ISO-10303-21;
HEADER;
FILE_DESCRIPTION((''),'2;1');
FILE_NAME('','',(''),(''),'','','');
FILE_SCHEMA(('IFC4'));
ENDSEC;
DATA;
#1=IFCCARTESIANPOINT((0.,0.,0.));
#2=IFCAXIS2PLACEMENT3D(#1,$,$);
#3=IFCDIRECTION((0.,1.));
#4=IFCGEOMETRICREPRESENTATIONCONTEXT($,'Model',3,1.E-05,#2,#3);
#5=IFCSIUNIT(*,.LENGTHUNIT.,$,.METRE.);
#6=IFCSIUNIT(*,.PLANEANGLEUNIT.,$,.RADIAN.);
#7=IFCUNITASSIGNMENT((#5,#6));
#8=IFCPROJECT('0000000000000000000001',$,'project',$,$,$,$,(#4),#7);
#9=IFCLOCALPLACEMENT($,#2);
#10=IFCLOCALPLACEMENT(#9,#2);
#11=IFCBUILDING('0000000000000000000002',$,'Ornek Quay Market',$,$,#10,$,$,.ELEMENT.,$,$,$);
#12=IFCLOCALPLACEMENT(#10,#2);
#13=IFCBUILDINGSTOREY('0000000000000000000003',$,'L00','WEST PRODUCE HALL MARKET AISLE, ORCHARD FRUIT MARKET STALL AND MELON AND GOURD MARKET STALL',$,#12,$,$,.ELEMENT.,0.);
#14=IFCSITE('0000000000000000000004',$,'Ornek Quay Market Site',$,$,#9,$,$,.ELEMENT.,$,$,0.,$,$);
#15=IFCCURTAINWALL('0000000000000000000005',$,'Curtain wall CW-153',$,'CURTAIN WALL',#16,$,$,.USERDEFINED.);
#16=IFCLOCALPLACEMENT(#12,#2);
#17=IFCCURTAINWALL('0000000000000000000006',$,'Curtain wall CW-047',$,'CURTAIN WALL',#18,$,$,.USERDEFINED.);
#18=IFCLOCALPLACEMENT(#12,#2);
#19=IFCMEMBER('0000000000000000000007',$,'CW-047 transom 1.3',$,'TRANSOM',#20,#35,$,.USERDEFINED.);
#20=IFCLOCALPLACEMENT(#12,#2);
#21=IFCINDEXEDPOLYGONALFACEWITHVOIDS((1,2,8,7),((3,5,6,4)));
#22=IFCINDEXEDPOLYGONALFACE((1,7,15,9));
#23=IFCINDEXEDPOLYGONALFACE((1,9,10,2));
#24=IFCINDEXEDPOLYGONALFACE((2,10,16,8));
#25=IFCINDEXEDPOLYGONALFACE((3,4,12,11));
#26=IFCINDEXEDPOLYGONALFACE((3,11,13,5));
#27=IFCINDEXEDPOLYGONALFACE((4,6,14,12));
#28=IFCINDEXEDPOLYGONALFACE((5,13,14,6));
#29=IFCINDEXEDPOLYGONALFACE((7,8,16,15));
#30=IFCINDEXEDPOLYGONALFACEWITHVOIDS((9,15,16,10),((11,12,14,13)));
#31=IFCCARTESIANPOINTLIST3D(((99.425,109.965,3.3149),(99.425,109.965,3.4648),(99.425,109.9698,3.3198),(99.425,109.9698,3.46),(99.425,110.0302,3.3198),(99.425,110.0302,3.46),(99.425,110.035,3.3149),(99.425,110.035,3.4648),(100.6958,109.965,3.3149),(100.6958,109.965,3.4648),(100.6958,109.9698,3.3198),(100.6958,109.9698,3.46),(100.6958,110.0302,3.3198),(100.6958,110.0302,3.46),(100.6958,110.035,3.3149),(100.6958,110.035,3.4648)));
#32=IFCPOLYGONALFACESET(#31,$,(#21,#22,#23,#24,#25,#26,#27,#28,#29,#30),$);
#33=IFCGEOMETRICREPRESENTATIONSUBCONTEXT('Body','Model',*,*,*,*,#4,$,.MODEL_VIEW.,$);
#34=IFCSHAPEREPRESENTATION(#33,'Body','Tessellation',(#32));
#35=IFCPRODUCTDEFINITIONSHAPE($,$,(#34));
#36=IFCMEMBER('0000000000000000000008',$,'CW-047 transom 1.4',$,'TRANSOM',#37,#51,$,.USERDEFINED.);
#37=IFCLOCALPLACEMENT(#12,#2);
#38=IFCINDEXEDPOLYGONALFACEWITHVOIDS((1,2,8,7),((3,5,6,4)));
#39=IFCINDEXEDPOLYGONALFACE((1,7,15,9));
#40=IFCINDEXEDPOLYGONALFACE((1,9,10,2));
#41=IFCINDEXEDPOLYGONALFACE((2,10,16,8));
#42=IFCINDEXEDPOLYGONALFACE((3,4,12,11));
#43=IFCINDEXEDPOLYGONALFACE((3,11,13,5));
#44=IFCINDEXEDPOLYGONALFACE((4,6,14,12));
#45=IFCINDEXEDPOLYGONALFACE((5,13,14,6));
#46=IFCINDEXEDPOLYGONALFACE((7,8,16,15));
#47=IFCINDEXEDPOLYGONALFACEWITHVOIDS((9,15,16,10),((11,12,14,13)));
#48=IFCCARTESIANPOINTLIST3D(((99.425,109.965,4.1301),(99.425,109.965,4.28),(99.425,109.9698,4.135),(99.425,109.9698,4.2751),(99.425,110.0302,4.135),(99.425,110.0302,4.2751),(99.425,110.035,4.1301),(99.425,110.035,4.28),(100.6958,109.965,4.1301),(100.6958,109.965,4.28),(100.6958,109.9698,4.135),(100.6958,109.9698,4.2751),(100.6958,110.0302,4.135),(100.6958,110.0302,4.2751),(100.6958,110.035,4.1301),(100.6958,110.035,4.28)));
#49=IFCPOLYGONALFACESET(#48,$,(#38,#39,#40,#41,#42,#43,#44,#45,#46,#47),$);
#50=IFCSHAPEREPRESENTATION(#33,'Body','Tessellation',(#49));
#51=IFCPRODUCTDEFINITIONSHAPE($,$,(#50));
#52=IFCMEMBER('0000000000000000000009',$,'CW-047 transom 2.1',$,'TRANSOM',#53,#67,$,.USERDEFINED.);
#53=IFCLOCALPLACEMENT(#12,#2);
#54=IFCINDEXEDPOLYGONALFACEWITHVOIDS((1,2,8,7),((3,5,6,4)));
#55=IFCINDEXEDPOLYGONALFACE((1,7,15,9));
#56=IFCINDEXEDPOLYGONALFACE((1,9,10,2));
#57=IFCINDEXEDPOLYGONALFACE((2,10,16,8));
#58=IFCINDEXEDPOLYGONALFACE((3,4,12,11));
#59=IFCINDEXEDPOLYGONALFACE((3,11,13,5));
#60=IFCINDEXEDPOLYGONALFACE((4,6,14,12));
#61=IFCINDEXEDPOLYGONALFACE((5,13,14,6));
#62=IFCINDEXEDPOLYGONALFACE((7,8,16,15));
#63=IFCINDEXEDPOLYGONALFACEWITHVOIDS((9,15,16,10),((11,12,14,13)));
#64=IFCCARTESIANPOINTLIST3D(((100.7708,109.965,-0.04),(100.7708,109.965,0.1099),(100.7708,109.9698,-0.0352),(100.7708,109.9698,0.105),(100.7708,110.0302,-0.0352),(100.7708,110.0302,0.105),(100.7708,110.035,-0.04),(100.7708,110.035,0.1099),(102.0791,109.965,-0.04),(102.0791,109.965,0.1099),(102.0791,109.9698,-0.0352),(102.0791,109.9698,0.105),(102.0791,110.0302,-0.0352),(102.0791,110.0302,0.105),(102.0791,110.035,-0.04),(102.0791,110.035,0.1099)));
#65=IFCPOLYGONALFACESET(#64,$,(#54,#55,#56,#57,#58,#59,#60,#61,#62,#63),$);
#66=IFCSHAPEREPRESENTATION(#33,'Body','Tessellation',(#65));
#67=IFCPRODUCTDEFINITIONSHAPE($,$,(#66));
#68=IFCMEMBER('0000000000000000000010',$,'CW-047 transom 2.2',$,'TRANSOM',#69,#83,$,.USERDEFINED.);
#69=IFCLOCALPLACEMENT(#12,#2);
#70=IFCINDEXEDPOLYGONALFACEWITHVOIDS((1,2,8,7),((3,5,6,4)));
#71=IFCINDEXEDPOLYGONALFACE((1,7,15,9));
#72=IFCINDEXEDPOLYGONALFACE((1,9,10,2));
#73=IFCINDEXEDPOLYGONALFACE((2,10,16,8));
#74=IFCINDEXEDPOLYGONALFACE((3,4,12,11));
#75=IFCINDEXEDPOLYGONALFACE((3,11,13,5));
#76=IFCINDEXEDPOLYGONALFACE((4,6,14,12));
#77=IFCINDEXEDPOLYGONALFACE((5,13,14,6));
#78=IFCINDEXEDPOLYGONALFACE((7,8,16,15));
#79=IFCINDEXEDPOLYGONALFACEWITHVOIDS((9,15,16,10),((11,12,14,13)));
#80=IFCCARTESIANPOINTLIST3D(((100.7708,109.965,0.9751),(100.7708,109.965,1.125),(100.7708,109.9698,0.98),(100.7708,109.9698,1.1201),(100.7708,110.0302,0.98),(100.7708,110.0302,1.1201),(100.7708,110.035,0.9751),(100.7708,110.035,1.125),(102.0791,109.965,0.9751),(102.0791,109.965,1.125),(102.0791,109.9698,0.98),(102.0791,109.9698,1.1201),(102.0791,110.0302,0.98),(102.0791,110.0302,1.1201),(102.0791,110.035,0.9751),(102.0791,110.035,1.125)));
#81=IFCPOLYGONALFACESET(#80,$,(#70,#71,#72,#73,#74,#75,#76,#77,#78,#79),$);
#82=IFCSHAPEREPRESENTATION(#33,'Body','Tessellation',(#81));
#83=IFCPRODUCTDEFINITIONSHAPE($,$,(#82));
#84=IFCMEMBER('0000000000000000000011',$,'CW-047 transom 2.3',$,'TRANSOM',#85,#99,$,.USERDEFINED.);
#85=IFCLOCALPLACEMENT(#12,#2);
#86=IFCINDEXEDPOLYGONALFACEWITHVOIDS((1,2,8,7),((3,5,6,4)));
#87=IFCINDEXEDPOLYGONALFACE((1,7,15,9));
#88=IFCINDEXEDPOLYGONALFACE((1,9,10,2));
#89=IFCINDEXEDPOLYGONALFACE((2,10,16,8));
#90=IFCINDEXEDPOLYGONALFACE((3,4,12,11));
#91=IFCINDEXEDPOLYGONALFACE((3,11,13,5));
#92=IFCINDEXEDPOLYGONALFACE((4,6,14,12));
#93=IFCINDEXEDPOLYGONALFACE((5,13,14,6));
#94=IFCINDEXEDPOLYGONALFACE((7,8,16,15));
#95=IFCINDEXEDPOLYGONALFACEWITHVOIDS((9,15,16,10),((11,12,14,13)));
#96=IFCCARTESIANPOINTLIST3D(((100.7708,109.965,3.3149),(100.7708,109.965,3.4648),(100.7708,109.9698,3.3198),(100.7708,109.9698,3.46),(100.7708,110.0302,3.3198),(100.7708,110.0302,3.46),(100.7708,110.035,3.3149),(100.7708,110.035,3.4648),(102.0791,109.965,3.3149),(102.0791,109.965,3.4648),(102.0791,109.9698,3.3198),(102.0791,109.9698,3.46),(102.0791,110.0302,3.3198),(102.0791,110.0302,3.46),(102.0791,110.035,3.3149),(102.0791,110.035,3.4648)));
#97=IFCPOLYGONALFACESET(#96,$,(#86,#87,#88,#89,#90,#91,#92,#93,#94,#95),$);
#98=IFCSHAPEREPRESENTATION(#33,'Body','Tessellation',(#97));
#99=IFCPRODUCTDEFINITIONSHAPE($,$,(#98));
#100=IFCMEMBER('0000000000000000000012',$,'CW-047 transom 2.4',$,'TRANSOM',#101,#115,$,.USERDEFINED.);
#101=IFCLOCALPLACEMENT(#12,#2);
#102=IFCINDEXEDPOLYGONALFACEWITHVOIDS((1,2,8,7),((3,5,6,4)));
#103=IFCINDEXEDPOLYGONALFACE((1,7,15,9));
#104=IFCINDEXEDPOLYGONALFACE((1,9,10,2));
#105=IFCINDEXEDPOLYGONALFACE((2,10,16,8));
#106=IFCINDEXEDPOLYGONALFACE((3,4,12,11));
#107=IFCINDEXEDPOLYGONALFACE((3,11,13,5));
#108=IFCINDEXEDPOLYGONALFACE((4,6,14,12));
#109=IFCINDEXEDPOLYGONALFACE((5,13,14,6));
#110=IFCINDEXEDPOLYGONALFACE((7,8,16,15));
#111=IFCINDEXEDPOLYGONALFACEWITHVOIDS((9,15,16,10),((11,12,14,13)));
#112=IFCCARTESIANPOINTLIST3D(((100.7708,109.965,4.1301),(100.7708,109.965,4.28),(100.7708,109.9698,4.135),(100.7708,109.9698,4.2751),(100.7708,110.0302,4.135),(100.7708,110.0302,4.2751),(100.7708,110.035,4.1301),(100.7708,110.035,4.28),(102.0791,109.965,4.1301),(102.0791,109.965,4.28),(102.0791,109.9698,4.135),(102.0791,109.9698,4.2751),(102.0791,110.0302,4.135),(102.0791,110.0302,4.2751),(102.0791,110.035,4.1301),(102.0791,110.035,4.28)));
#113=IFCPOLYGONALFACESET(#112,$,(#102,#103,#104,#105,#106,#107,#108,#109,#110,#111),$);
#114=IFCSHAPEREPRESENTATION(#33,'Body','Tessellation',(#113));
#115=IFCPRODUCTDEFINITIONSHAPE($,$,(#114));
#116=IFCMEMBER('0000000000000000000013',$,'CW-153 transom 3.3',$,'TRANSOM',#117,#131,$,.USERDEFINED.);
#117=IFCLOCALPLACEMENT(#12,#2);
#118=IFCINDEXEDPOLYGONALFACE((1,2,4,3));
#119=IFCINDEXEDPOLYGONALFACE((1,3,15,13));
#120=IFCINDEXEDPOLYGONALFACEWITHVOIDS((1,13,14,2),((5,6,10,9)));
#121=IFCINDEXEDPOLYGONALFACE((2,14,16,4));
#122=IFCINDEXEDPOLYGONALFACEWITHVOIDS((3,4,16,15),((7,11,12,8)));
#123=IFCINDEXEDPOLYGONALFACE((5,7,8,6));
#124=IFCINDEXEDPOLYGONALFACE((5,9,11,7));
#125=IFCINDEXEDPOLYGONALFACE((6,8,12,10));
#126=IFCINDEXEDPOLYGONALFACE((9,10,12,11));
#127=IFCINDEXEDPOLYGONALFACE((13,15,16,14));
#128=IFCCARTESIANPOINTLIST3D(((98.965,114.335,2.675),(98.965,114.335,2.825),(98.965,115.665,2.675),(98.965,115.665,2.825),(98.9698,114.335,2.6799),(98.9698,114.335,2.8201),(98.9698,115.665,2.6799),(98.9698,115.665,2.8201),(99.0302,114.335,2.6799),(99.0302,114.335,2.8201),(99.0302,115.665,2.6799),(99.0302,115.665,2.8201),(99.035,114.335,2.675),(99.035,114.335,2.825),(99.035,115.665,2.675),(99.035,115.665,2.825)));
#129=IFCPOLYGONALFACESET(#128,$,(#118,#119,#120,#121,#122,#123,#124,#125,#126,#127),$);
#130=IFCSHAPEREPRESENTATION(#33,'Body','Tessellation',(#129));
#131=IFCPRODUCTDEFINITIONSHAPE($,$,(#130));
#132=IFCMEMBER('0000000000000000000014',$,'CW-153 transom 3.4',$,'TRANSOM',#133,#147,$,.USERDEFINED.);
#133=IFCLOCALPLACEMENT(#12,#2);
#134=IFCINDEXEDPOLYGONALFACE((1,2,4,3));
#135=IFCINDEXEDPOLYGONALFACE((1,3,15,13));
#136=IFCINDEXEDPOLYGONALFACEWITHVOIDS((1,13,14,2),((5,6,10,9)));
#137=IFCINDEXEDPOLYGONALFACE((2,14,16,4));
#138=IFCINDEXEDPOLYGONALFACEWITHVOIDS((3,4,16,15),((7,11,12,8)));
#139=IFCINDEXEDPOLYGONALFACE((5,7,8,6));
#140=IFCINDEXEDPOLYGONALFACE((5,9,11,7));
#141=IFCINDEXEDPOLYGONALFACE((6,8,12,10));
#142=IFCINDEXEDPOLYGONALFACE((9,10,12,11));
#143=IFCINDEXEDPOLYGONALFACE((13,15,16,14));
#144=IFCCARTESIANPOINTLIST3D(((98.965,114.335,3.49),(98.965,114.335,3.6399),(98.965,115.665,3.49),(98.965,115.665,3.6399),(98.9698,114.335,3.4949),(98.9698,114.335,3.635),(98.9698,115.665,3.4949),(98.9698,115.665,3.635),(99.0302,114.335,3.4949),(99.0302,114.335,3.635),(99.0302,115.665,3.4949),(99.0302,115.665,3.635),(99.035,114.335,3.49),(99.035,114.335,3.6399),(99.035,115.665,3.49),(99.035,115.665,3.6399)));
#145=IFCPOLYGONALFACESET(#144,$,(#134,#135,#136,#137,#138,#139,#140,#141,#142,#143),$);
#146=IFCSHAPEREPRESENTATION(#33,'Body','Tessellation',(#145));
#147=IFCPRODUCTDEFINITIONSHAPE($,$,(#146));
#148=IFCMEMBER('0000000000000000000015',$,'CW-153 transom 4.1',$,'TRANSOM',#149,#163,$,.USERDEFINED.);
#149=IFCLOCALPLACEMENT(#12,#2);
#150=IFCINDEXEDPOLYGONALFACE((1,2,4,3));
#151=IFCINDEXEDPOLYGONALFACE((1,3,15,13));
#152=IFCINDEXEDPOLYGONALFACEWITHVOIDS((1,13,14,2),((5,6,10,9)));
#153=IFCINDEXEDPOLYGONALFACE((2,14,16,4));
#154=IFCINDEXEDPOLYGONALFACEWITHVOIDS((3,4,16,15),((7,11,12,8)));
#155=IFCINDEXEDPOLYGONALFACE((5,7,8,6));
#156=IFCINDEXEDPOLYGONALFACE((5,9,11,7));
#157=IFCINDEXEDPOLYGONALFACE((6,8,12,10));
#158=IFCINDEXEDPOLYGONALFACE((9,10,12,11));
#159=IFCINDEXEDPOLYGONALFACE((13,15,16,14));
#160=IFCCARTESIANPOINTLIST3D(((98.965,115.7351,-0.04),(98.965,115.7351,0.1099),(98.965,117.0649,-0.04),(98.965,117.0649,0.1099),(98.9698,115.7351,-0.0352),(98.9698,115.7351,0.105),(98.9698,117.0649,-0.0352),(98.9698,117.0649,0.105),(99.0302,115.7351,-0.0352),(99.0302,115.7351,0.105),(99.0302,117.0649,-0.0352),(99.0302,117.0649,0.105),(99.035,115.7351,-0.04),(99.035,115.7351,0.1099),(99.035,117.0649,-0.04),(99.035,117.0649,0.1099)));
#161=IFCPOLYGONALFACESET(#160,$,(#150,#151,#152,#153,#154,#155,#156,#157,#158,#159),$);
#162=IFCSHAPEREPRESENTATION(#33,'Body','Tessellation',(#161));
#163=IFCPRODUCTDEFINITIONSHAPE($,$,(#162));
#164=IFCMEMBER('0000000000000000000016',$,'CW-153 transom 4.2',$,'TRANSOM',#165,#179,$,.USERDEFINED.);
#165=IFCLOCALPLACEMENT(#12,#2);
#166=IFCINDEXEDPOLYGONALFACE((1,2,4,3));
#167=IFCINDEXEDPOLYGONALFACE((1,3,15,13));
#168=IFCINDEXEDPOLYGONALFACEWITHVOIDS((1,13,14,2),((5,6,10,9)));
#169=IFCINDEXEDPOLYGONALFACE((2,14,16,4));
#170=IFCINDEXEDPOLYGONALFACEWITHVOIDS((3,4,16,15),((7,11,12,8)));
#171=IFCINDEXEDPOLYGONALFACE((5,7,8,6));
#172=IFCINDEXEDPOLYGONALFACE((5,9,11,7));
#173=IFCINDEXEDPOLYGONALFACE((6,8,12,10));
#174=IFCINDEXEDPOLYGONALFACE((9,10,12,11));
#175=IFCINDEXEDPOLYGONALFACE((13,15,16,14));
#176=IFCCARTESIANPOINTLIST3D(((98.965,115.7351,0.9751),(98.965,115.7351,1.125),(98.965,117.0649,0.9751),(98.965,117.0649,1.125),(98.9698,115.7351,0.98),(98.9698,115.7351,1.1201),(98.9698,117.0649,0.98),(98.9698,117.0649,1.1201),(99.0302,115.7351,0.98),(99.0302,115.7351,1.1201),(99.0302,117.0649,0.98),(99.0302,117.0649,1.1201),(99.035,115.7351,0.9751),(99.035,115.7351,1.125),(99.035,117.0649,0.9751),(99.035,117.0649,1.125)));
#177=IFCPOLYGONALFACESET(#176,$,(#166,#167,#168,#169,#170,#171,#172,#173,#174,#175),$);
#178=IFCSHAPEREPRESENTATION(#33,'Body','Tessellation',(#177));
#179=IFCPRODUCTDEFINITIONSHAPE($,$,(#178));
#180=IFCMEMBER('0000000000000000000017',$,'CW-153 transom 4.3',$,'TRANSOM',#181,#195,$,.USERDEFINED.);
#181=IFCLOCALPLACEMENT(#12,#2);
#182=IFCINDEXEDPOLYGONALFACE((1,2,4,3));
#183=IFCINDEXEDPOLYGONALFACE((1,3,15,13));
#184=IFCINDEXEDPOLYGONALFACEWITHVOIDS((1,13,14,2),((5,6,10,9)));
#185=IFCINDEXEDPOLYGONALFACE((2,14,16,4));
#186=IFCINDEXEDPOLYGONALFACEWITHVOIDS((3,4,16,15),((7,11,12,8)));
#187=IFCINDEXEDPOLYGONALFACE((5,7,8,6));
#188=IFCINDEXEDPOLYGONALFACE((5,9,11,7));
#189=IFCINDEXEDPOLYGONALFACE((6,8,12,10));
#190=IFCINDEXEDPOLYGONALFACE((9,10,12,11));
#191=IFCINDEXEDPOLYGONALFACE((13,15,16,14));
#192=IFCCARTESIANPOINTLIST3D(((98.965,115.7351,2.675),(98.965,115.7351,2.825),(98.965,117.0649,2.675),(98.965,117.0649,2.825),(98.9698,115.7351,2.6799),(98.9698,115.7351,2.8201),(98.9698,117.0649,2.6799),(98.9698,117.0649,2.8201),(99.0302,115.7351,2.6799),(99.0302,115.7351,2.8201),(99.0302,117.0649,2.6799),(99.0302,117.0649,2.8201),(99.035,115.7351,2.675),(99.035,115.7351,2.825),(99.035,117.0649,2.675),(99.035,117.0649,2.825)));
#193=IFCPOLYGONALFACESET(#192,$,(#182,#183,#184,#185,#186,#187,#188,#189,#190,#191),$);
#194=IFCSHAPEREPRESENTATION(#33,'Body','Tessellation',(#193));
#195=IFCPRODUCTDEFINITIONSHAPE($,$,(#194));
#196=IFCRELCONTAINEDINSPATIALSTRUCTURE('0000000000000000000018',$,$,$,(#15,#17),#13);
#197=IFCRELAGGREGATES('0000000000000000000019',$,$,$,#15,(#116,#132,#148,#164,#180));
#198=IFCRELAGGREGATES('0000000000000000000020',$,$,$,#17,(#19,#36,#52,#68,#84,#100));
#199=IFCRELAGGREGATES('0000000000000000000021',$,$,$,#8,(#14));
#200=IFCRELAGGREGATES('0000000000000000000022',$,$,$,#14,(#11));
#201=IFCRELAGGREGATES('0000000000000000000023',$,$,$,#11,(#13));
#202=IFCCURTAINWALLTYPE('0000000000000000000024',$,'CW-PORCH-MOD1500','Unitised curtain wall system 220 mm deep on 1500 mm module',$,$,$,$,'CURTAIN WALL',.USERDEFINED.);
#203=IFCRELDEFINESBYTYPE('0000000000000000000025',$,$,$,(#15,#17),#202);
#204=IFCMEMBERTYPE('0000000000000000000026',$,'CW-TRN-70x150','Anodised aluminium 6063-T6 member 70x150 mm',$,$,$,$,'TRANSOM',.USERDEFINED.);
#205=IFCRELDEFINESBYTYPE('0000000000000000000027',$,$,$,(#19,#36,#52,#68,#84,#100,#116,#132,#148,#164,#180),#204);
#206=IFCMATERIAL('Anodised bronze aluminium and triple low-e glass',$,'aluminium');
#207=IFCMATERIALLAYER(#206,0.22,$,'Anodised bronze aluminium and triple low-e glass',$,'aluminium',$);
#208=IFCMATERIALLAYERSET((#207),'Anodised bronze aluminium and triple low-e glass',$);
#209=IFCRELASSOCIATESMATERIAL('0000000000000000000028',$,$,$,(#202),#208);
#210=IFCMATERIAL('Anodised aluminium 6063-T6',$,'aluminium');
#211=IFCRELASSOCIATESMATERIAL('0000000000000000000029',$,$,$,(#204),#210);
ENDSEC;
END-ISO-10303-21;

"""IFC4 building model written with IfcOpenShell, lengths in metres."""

from ifc_helpers import new_model, si_unit, direction, frame, origin, origin_2d, place, context, subcontext, project, spatial, hollow_rectangle, extrude, material, layer, layer_set, material_profile, profile_set, type_object, element, aggregate, save


model = new_model("IFC4")

# Units and contexts
model_context = context("Model", 3, precision=1e-05, world=origin(), true_north=direction((0.0, 1.0)))
body_context = subcontext(model_context, "Body", "Model", "MODEL_VIEW")
ifc_project = project(units=[si_unit("LENGTHUNIT", "METRE"), si_unit("PLANEANGLEUNIT", "RADIAN")], contexts=[model_context])

# Site, building, storey
site_placement = place(None, origin())
site = spatial("IfcSite", under=ifc_project, at=site_placement, Name="Ornek Quay Market Site", CompositionType="ELEMENT", RefElevation=0.0)
building_placement = place(site_placement, origin())
building = spatial("IfcBuilding", under=site, at=building_placement, Name="Ornek Quay Market", CompositionType="ELEMENT")
storey_placement = place(building_placement, origin())
storey = spatial("IfcBuildingStorey", under=building, at=storey_placement, Name="L00", Description="WEST PRODUCE HALL MARKET AISLE, ORCHARD FRUIT MARKET STALL AND MELON AND GOURD MARKET STALL", CompositionType="ELEMENT", Elevation=0.0)

# Curtain walls, members
ifc_material_1 = material(Name="Anodised bronze aluminium and triple low-e glass", Category="aluminium")
ifc_layer_1 = layer(ifc_material_1, 0.22, Name="Anodised bronze aluminium and triple low-e glass", Category="aluminium")
ifc_layer_set_1 = layer_set([ifc_layer_1], Name="Anodised bronze aluminium and triple low-e glass")
curtain_wall_type = type_object("IfcCurtainWallType", Name="CW-PORCH-MOD1500", Description="Unitised curtain wall system 220 mm deep on 1500 mm module", ElementType="CURTAIN WALL", PredefinedType="USERDEFINED", material=ifc_layer_set_1)
curtain_wall_1_placement = place(storey_placement, origin())
curtain_wall_1 = element("IfcCurtainWall", 1, at=curtain_wall_1_placement, inside=storey, type_object=curtain_wall_type, Name="Curtain wall CW-153", ObjectType="CURTAIN WALL", PredefinedType="USERDEFINED")
ifc_material_2 = material(Name="Anodised aluminium 6063-T6", Category="aluminium")
curtain_wall_2_placement = place(storey_placement, origin())
curtain_wall_2 = element("IfcCurtainWall", 2, at=curtain_wall_2_placement, inside=storey, type_object=curtain_wall_type, Name="Curtain wall CW-047", ObjectType="CURTAIN WALL", PredefinedType="USERDEFINED")
ifc_material_profile_1 = material_profile(ifc_material_2, hollow_rectangle(XDim=0.0701, YDim=0.1499, WallThickness=0.0049, at=origin_2d()), Name="CW-TRN-70x150", Category="aluminium")
ifc_profile_set_1 = profile_set([ifc_material_profile_1], Name="Anodised aluminium 6063-T6")
member_type_1 = type_object("IfcMemberType", Name="CW-TRN-70x150", Description="Anodised aluminium 6063-T6 member 70x150 mm", ElementType="TRANSOM", PredefinedType="USERDEFINED", material=ifc_profile_set_1)
member_1_placement = place(storey_placement, frame((99.425, 110.0, 3.3899), z_axis=(1.0, 0.0, 0.0), x_axis=(0.0, 1.0, 0.0)))
member_1 = element("IfcMember", 3, at=member_1_placement, type_object=member_type_1, Name="CW-047 transom 1.3", ObjectType="TRANSOM", PredefinedType="USERDEFINED", context=body_context, shape_type="SweptSolid", body=[
    extrude(hollow_rectangle(XDim=0.0701, YDim=0.1499, WallThickness=0.0049, at=origin_2d()), origin(), (0.0, 0.0, 1.0), 1.2708),
])
member_2_placement = place(storey_placement, frame((99.425, 110.0, 4.2051), z_axis=(1.0, 0.0, 0.0), x_axis=(0.0, 1.0, 0.0)))
member_2 = element("IfcMember", 4, at=member_2_placement, type_object=member_type_1, Name="CW-047 transom 1.4", ObjectType="TRANSOM", PredefinedType="USERDEFINED", context=body_context, shape_type="SweptSolid", body=[
    extrude(hollow_rectangle(XDim=0.0701, YDim=0.1499, WallThickness=0.0049, at=origin_2d()), origin(), (0.0, 0.0, 1.0), 1.2708),
])
member_3_placement = place(storey_placement, frame((100.7708, 110.0, 0.0349), z_axis=(1.0, 0.0, 0.0), x_axis=(0.0, 1.0, 0.0)))
member_3 = element("IfcMember", 5, at=member_3_placement, type_object=member_type_1, Name="CW-047 transom 2.1", ObjectType="TRANSOM", PredefinedType="USERDEFINED", context=body_context, shape_type="SweptSolid", body=[
    extrude(hollow_rectangle(XDim=0.0701, YDim=0.1499, WallThickness=0.0049, at=origin_2d()), origin(), (0.0, 0.0, 1.0), 1.3083),
])
member_4_placement = place(storey_placement, frame((100.7708, 110.0, 1.05), z_axis=(1.0, 0.0, 0.0), x_axis=(0.0, 1.0, 0.0)))
member_4 = element("IfcMember", 6, at=member_4_placement, type_object=member_type_1, Name="CW-047 transom 2.2", ObjectType="TRANSOM", PredefinedType="USERDEFINED", context=body_context, shape_type="SweptSolid", body=[
    extrude(hollow_rectangle(XDim=0.0701, YDim=0.1499, WallThickness=0.0049, at=origin_2d()), origin(), (0.0, 0.0, 1.0), 1.3083),
])
member_5_placement = place(storey_placement, frame((100.7708, 110.0, 3.3899), z_axis=(1.0, 0.0, 0.0), x_axis=(0.0, 1.0, 0.0)))
member_5 = element("IfcMember", 7, at=member_5_placement, type_object=member_type_1, Name="CW-047 transom 2.3", ObjectType="TRANSOM", PredefinedType="USERDEFINED", context=body_context, shape_type="SweptSolid", body=[
    extrude(hollow_rectangle(XDim=0.0701, YDim=0.1499, WallThickness=0.0049, at=origin_2d()), origin(), (0.0, 0.0, 1.0), 1.3083),
])
member_6_placement = place(storey_placement, frame((100.7708, 110.0, 4.2051), z_axis=(1.0, 0.0, 0.0), x_axis=(0.0, 1.0, 0.0)))
member_6 = element("IfcMember", 8, at=member_6_placement, type_object=member_type_1, Name="CW-047 transom 2.4", ObjectType="TRANSOM", PredefinedType="USERDEFINED", context=body_context, shape_type="SweptSolid", body=[
    extrude(hollow_rectangle(XDim=0.0701, YDim=0.1499, WallThickness=0.0049, at=origin_2d()), origin(), (0.0, 0.0, 1.0), 1.3083),
])

# Members
member_7_placement = place(storey_placement, frame((99.0, 114.335, 2.75), z_axis=(0.0, 1.0, 0.0), x_axis=(-1.0, 0.0, 0.0)))
member_7 = element("IfcMember", 9, at=member_7_placement, type_object=member_type_1, Name="CW-153 transom 3.3", ObjectType="TRANSOM", PredefinedType="USERDEFINED", context=body_context, shape_type="SweptSolid", body=[
    extrude(hollow_rectangle(XDim=0.0701, YDim=0.1499, WallThickness=0.0049, at=origin_2d()), origin(), (0.0, 0.0, 1.0), 1.3301),
])
member_8_placement = place(storey_placement, frame((99.0, 114.335, 3.5649), z_axis=(0.0, 1.0, 0.0), x_axis=(-1.0, 0.0, 0.0)))
member_8 = element("IfcMember", 10, at=member_8_placement, type_object=member_type_1, Name="CW-153 transom 3.4", ObjectType="TRANSOM", PredefinedType="USERDEFINED", context=body_context, shape_type="SweptSolid", body=[
    extrude(hollow_rectangle(XDim=0.0701, YDim=0.1499, WallThickness=0.0049, at=origin_2d()), origin(), (0.0, 0.0, 1.0), 1.3301),
])
member_9_placement = place(storey_placement, frame((99.0, 115.7351, 0.0349), z_axis=(0.0, 1.0, 0.0), x_axis=(-1.0, 0.0, 0.0)))
member_9 = element("IfcMember", 11, at=member_9_placement, type_object=member_type_1, Name="CW-153 transom 4.1", ObjectType="TRANSOM", PredefinedType="USERDEFINED", context=body_context, shape_type="SweptSolid", body=[
    extrude(hollow_rectangle(XDim=0.0701, YDim=0.1499, WallThickness=0.0049, at=origin_2d()), origin(), (0.0, 0.0, 1.0), 1.3298),
])
member_10_placement = place(storey_placement, frame((99.0, 115.7351, 1.05), z_axis=(0.0, 1.0, 0.0), x_axis=(-1.0, 0.0, 0.0)))
member_10 = element("IfcMember", 12, at=member_10_placement, type_object=member_type_1, Name="CW-153 transom 4.2", ObjectType="TRANSOM", PredefinedType="USERDEFINED", context=body_context, shape_type="SweptSolid", body=[
    extrude(hollow_rectangle(XDim=0.0701, YDim=0.1499, WallThickness=0.0049, at=origin_2d()), origin(), (0.0, 0.0, 1.0), 1.3298),
])
member_11_placement = place(storey_placement, frame((99.0, 115.7351, 2.75), z_axis=(0.0, 1.0, 0.0), x_axis=(-1.0, 0.0, 0.0)))
member_11 = element("IfcMember", 13, at=member_11_placement, type_object=member_type_1, Name="CW-153 transom 4.3", ObjectType="TRANSOM", PredefinedType="USERDEFINED", context=body_context, shape_type="SweptSolid", body=[
    extrude(hollow_rectangle(XDim=0.0701, YDim=0.1499, WallThickness=0.0049, at=origin_2d()), origin(), (0.0, 0.0, 1.0), 1.3298),
])

aggregate(curtain_wall_1, [member_7, member_8, member_9, member_10, member_11])
aggregate(curtain_wall_2, [member_1, member_2, member_3, member_4, member_5, member_6])

save(model, "model.ifc")
